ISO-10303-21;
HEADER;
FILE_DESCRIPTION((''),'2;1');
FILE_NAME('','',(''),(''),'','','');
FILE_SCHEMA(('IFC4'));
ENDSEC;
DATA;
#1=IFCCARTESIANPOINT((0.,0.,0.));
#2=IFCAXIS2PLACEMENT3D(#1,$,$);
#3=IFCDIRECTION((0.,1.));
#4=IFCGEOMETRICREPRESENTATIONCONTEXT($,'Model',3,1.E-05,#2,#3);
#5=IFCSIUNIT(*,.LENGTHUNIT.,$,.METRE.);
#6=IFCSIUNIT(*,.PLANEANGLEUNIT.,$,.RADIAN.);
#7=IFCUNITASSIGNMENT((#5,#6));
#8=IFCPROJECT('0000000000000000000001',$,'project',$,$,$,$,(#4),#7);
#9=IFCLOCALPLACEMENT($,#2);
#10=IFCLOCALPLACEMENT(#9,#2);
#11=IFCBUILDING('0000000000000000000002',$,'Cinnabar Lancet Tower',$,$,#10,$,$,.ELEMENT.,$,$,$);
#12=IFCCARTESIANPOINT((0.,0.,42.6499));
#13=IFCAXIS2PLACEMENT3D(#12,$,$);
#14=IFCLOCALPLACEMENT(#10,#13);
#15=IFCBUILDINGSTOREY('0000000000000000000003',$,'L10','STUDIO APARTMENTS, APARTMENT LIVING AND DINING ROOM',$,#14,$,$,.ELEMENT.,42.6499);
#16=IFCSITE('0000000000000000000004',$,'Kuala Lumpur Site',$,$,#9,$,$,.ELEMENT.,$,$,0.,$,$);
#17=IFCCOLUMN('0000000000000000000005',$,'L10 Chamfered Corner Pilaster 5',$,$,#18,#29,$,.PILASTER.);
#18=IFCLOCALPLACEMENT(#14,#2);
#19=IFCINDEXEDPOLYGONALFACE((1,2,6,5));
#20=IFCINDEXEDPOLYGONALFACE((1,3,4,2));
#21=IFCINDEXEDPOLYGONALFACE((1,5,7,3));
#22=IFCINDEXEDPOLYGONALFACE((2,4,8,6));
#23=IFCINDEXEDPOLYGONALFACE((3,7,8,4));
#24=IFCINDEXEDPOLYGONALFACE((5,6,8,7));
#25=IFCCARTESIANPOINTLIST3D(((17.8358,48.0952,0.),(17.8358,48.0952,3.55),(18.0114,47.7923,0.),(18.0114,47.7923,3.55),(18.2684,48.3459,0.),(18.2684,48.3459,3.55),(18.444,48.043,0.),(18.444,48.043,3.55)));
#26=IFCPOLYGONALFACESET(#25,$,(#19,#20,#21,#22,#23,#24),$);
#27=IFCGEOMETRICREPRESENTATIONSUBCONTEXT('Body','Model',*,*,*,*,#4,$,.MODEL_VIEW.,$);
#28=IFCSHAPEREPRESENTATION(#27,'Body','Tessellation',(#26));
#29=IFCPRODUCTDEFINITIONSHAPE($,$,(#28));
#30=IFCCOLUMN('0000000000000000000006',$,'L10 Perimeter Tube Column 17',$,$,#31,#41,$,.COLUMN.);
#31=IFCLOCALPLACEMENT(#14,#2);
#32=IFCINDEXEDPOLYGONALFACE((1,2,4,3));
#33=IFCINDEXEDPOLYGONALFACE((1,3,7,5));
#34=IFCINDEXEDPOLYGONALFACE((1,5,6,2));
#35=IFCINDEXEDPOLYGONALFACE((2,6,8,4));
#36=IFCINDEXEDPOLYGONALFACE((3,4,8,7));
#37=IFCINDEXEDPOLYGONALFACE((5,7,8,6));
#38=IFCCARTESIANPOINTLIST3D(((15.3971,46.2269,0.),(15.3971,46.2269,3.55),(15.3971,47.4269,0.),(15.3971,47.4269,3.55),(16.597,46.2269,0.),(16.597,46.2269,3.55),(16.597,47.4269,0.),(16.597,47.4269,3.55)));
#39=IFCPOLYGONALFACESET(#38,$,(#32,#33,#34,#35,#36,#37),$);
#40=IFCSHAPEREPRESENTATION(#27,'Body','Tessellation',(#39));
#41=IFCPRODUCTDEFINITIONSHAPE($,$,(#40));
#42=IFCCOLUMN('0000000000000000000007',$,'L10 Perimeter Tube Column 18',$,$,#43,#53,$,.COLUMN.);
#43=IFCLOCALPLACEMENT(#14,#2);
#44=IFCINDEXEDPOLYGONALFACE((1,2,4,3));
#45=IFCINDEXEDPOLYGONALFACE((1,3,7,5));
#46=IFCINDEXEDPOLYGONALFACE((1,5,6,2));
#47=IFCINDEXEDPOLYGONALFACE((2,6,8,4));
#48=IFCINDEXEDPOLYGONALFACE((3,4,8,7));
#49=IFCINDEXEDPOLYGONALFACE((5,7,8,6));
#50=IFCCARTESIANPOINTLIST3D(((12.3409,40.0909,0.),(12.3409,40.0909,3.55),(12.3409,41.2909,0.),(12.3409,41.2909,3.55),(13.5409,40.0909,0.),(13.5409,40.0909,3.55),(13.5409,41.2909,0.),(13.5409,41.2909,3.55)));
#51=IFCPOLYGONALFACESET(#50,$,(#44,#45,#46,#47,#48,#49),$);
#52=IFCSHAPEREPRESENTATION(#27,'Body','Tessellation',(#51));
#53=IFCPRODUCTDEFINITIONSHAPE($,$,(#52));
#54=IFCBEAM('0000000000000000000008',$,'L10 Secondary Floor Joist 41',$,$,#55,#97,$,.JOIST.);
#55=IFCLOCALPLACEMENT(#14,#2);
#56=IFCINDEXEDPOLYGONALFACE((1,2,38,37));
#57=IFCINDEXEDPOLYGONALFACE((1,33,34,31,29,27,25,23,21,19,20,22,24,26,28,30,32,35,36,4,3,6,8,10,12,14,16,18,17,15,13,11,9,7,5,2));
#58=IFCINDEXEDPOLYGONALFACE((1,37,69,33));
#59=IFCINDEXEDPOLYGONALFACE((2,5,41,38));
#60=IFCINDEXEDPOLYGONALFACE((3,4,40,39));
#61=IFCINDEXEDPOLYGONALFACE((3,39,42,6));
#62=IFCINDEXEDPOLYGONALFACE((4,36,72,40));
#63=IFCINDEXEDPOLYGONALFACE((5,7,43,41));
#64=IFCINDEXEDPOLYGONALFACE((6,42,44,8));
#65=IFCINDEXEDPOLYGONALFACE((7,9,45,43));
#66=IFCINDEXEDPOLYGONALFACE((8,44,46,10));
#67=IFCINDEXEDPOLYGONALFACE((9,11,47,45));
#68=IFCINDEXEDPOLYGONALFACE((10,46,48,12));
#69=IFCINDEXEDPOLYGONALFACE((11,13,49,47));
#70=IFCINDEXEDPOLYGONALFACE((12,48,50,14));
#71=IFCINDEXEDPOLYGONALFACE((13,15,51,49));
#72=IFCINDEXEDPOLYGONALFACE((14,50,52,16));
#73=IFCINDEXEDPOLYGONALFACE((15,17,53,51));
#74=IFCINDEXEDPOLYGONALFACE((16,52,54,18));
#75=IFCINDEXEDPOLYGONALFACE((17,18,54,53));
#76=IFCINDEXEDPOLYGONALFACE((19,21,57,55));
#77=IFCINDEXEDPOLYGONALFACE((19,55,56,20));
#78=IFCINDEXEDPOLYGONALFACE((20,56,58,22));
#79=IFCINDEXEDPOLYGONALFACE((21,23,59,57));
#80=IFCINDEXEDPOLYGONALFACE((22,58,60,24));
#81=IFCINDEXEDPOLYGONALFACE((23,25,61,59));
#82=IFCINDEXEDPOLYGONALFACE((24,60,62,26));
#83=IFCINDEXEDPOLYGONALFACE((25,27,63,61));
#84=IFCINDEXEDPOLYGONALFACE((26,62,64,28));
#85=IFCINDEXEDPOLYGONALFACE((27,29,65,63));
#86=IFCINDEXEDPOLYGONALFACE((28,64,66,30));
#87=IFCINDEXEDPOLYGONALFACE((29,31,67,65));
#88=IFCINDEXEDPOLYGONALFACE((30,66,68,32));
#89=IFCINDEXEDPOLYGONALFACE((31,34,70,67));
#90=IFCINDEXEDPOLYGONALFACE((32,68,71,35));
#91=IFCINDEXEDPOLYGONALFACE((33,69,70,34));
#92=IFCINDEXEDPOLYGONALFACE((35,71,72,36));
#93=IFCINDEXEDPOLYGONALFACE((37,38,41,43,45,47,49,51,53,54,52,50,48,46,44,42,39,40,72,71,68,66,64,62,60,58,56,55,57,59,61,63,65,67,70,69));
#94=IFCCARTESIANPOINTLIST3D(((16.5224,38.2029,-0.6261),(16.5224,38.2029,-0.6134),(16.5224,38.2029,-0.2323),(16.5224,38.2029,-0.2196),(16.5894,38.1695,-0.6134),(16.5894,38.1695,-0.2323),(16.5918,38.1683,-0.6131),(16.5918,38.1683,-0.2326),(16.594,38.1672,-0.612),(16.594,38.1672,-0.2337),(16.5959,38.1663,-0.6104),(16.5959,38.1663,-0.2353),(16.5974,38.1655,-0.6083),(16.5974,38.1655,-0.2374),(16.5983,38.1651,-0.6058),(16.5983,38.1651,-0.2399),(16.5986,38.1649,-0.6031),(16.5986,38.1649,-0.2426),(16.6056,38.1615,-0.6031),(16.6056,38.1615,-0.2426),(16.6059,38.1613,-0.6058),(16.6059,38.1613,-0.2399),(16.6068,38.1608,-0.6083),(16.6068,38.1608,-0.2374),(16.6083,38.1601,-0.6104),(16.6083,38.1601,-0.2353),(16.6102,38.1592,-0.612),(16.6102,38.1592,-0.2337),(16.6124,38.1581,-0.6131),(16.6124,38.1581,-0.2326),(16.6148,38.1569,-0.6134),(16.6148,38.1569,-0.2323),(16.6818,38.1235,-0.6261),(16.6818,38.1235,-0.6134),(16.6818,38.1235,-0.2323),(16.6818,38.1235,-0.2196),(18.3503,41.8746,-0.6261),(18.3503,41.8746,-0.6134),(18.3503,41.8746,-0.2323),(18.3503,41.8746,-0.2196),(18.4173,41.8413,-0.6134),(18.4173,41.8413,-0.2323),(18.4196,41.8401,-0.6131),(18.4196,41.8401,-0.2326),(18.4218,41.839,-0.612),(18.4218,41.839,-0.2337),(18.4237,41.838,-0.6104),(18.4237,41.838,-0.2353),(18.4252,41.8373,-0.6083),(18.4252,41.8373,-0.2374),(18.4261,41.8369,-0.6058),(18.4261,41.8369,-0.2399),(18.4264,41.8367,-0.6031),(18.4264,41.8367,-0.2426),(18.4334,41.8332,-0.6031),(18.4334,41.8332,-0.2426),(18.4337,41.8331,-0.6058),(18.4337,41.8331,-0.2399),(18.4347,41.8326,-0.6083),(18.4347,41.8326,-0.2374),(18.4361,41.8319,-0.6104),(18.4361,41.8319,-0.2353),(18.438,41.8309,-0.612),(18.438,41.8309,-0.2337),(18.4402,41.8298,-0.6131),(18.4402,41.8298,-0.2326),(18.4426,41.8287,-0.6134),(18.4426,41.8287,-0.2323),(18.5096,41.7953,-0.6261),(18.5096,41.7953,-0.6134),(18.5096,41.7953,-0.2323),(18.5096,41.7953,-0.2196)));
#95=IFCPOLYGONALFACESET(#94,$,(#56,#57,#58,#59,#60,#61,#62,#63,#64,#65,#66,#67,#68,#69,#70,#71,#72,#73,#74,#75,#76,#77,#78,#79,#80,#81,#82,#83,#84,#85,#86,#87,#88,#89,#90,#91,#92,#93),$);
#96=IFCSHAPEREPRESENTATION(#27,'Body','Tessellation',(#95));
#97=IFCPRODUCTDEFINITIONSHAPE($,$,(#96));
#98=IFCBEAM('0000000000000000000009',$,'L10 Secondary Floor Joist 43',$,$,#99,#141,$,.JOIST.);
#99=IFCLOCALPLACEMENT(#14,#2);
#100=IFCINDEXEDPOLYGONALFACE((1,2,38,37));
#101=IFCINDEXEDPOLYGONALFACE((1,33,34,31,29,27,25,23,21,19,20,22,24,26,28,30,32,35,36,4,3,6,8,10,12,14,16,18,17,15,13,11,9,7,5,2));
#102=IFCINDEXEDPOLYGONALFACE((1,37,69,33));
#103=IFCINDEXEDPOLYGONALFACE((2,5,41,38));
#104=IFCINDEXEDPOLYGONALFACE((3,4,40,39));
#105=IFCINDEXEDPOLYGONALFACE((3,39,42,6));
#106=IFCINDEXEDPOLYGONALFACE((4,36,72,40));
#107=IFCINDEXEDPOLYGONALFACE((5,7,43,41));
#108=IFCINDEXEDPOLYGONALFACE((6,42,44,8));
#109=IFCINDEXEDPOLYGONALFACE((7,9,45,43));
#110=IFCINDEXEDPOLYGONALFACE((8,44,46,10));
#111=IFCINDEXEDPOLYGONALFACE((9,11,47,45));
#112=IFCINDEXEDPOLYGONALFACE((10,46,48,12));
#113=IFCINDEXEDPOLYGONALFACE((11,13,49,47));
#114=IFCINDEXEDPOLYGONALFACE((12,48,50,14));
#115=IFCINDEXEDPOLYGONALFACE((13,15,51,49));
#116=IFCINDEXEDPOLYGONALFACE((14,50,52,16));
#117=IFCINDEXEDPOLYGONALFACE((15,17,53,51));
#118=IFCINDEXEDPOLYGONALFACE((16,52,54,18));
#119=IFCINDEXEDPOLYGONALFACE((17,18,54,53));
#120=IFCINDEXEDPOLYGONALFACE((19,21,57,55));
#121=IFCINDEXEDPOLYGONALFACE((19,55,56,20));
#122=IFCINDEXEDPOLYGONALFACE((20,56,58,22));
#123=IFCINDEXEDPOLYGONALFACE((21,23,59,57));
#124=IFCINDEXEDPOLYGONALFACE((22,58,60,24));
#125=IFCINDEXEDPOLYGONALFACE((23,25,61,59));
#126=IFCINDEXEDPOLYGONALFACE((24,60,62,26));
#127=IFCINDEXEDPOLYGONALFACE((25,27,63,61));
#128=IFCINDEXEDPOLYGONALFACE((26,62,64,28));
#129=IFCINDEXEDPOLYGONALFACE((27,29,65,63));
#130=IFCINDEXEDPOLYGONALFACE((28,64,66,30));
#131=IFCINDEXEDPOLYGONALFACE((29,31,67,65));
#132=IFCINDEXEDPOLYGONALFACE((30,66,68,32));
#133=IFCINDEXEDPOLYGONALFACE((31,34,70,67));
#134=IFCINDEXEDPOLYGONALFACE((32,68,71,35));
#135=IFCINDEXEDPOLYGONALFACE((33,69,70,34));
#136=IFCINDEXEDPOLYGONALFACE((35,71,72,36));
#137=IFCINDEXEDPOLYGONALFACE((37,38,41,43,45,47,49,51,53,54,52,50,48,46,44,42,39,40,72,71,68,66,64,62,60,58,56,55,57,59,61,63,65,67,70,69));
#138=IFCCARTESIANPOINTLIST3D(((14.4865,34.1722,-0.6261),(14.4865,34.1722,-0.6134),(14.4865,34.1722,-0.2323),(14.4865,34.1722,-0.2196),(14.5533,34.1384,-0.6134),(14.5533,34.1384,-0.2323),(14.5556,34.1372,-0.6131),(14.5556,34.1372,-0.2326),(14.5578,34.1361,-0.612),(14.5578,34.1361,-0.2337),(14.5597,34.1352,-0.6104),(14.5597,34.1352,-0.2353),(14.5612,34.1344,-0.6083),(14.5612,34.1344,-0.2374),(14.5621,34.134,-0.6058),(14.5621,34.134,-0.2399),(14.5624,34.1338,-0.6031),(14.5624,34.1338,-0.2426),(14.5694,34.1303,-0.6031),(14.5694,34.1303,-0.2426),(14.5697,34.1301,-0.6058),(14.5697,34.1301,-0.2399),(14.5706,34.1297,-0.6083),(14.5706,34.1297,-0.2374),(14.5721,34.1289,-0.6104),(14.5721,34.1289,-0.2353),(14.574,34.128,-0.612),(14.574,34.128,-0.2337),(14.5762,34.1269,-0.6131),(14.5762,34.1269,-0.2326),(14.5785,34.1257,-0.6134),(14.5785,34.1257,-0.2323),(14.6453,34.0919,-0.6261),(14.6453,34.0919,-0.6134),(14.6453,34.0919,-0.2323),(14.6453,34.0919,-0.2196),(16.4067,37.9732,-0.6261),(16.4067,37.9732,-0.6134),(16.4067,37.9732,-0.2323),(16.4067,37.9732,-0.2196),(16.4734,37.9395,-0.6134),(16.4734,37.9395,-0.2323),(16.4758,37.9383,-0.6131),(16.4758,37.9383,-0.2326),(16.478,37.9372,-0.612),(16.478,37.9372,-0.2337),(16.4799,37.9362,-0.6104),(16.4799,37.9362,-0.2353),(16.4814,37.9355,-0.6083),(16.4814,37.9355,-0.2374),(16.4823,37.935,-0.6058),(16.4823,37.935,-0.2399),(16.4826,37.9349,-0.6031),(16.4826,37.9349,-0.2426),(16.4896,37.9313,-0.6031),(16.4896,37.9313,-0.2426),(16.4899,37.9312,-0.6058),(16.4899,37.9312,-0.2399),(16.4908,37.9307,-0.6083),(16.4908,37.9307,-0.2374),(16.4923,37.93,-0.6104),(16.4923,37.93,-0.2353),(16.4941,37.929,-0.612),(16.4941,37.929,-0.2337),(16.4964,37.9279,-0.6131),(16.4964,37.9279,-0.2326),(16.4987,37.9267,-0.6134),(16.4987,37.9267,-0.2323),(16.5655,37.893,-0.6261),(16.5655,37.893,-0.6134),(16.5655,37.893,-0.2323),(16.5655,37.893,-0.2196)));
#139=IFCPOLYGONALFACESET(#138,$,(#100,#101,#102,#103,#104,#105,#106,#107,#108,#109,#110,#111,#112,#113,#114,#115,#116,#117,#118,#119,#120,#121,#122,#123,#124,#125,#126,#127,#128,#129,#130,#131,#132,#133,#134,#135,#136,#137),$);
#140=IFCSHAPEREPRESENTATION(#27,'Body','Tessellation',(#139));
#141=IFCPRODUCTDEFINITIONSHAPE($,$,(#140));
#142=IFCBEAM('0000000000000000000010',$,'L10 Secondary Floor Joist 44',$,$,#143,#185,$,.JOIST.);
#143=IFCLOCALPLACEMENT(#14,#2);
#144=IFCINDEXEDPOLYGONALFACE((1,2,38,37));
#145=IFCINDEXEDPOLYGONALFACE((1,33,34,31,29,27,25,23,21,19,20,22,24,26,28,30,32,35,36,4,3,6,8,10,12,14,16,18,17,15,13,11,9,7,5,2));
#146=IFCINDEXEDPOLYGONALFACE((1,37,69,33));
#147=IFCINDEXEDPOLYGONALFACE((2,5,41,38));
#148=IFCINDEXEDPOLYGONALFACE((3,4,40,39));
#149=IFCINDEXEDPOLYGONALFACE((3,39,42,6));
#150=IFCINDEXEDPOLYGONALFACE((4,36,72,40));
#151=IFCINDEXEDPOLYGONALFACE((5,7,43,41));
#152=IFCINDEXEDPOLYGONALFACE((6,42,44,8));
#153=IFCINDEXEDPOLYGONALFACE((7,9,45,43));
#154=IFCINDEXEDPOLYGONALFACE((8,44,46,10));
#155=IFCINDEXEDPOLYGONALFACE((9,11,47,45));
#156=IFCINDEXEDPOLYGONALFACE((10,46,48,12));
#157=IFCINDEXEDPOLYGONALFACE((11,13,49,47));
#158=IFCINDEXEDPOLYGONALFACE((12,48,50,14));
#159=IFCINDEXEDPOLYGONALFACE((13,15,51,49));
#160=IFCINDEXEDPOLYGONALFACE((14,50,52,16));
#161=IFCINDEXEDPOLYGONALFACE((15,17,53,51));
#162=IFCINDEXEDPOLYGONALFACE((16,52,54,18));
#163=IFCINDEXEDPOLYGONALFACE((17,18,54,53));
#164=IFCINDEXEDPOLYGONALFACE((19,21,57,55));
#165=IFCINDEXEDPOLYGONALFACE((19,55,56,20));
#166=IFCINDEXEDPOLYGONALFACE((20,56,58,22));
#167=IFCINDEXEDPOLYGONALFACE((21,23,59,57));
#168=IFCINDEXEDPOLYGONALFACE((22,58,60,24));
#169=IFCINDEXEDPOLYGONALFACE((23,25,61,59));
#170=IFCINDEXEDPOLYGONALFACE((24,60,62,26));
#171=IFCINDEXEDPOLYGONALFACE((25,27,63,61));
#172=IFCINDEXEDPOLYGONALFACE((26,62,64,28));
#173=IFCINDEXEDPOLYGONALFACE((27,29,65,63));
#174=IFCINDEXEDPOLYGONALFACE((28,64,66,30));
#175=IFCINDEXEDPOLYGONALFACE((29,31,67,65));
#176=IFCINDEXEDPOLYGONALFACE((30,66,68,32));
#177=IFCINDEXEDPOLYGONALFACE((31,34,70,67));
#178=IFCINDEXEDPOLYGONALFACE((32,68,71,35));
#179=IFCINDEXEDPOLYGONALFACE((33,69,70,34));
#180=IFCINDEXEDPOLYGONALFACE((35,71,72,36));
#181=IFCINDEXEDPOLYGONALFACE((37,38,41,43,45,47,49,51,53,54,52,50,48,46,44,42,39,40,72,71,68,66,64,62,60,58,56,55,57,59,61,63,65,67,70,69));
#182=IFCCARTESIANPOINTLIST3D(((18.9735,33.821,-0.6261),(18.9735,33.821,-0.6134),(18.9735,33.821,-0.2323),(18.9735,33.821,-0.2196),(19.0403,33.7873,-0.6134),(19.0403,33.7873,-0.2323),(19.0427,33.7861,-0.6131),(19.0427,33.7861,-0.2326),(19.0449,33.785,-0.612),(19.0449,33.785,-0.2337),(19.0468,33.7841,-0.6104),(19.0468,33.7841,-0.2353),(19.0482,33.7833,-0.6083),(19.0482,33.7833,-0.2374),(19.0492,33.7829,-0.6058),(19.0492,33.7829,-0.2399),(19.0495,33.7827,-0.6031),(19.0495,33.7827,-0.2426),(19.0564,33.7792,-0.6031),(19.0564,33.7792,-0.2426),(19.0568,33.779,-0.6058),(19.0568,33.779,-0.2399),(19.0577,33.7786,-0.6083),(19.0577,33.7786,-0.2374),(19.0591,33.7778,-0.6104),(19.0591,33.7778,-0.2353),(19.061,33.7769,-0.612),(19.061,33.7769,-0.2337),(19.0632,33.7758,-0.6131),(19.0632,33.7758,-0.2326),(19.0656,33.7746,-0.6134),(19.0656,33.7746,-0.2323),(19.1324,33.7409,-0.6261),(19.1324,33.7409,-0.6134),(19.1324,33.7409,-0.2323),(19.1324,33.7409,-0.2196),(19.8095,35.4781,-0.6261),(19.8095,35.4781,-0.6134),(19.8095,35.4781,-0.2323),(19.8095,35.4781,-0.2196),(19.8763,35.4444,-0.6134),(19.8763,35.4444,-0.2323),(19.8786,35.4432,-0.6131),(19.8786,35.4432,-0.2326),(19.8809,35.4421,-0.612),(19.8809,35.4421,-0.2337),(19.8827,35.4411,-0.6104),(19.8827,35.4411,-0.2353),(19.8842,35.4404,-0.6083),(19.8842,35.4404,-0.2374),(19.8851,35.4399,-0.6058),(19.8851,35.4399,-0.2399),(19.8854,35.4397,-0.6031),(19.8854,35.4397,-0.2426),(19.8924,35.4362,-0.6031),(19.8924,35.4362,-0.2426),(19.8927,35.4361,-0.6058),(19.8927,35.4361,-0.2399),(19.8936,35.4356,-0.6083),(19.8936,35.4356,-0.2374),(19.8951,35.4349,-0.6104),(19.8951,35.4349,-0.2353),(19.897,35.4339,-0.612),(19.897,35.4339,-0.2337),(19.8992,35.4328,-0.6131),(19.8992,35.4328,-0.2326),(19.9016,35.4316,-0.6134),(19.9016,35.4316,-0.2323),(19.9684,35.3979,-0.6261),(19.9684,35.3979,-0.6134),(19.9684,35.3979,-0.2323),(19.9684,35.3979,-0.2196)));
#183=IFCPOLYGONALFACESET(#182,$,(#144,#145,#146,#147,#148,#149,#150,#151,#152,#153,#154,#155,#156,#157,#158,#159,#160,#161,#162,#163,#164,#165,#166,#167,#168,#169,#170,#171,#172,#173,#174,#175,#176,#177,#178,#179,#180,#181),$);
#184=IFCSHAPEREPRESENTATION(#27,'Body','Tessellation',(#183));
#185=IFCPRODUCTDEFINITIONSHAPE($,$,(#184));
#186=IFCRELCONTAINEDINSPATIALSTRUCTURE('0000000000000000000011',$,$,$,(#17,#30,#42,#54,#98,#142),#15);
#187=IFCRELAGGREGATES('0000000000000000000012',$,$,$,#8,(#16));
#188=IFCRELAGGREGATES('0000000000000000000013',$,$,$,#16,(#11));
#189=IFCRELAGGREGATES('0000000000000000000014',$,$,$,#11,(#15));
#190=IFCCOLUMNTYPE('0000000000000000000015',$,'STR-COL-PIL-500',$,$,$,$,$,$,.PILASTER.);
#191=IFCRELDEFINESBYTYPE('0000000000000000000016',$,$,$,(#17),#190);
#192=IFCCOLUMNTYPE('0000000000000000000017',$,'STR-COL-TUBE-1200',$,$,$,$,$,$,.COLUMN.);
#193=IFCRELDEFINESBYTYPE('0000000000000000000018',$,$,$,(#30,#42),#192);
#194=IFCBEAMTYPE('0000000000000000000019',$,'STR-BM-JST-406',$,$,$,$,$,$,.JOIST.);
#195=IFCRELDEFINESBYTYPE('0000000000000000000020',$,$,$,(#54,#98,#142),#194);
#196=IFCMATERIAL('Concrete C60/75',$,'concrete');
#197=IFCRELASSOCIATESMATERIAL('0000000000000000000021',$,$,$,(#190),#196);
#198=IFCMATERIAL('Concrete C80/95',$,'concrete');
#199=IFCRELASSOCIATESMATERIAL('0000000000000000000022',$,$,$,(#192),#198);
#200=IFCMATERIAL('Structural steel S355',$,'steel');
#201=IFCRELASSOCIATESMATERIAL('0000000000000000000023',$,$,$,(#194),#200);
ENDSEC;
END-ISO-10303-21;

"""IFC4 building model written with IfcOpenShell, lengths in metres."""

from ifc_helpers import new_model, si_unit, direction, frame, origin, origin_2d, place, context, subcontext, project, spatial, rectangle, i_section, extrude, material, material_profile, profile_set, type_object, element, save


model = new_model("IFC4")

# Units and contexts
model_context = context("Model", 3, precision=1e-05, world=origin(), true_north=direction((0.0, 1.0)))
body_context = subcontext(model_context, "Body", "Model", "MODEL_VIEW")
ifc_project = project(units=[si_unit("LENGTHUNIT", "METRE"), si_unit("PLANEANGLEUNIT", "RADIAN")], contexts=[model_context])

# Site, building, storey
site_placement = place(None, origin())
site = spatial("IfcSite", under=ifc_project, at=site_placement, Name="Kuala Lumpur Site", CompositionType="ELEMENT", RefElevation=0.0)
building_placement = place(site_placement, origin())
building = spatial("IfcBuilding", under=site, at=building_placement, Name="Cinnabar Lancet Tower", CompositionType="ELEMENT")
storey_placement = place(building_placement, frame((0.0, 0.0, 42.6499)))
storey = spatial("IfcBuildingStorey", under=building, at=storey_placement, Name="L10", Description="STUDIO APARTMENTS, APARTMENT LIVING AND DINING ROOM", CompositionType="ELEMENT", Elevation=42.6499)

# Columns
ifc_material_1 = material(Name="Concrete C60/75", Category="concrete")
ifc_material_profile_1 = material_profile(ifc_material_1, rectangle(XDim=0.5, YDim=0.3501, at=origin_2d()), Name="RC-PIL 500x350")
ifc_profile_set_1 = profile_set([ifc_material_profile_1], Name="Concrete C60/75")
column_type_1 = type_object("IfcColumnType", Name="STR-COL-PIL-500", PredefinedType="PILASTER", material=ifc_profile_set_1)
column_placement = place(storey_placement, frame((18.1399, 48.0691, 0.0), z_axis=(0.0, 0.0, 1.0), x_axis=(-0.865195, -0.501435, 0.0)))
element("IfcColumn", 1, at=column_placement, inside=storey, type_object=column_type_1, Name="L10 Chamfered Corner Pilaster 5", PredefinedType="PILASTER", context=body_context, shape_type="SweptSolid", body=[
    extrude(rectangle(XDim=0.5, YDim=0.3501, at=origin_2d()), origin(), (0.0, 0.0, 1.0), 3.55),
])
ifc_material_2 = material(Name="Concrete C80/95", Category="concrete")
ifc_material_profile_2 = material_profile(ifc_material_2, rectangle(XDim=1.2, YDim=1.2, at=origin_2d()), Name="RC-COL 1200x1200")
ifc_profile_set_2 = profile_set([ifc_material_profile_2], Name="Concrete C80/95")
column_type_2 = type_object("IfcColumnType", Name="STR-COL-TUBE-1200", PredefinedType="COLUMN", material=ifc_profile_set_2)
for number, where, z_axis, x_axis, name in (
    (2, (15.9971, 46.8269, 0.0), (0.0, 0.0, 1.0), (1.0, 0.0, 0.0), "L10 Perimeter Tube Column 17"),
    (3, (12.9409, 40.6909, 0.0), (0.0, 0.0, 1.0), (1.0, 0.0, 0.0), "L10 Perimeter Tube Column 18"),
):
    element("IfcColumn", number, at=place(storey_placement, frame(where, z_axis=z_axis, x_axis=x_axis)), inside=storey, type_object=column_type_2, Name=name, PredefinedType="COLUMN", context=body_context, shape_type="SweptSolid", body=[
        extrude(rectangle(XDim=1.2, YDim=1.2, at=origin_2d()), origin(), (0.0, 0.0, 1.0), 3.55),
    ])

# Beams
ifc_material_3 = material(Name="Structural steel S355", Category="steel")
ifc_material_profile_3 = material_profile(ifc_material_3, i_section(OverallWidth=0.178, OverallDepth=0.4065, WebThickness=0.0078, FlangeThickness=0.0127, FilletRadius=0.0103, at=origin_2d()), Name="UKB 406x178x60")
ifc_profile_set_3 = profile_set([ifc_material_profile_3], Name="Structural steel S355")
beam_type_1 = type_object("IfcBeamType", Name="STR-BM-JST-406", PredefinedType="JOIST", material=ifc_profile_set_3)
beam_1_placement = place(storey_placement, frame((18.4299, 41.835, -0.4229), z_axis=(-0.445642, -0.895212, 0.0), x_axis=(0.895212, -0.445642, 0.0)))
element("IfcBeam", 4, at=beam_1_placement, inside=storey, type_object=beam_type_1, Name="L10 Secondary Floor Joist 41", PredefinedType="JOIST", context=body_context, shape_type="SweptSolid", body=[
    extrude(i_section(OverallWidth=0.178, OverallDepth=0.4065, WebThickness=0.0078, FlangeThickness=0.0127, FilletRadius=0.0103, at=origin_2d()), origin(), (0.0, 0.0, 1.0), 4.1016),
])
beam_2_placement = place(storey_placement, frame((16.4861, 37.9331, -0.4229), z_axis=(-0.450902, -0.892574, 0.0), x_axis=(0.892574, -0.450902, 0.0)))
element("IfcBeam", 5, at=beam_2_placement, inside=storey, type_object=beam_type_1, Name="L10 Secondary Floor Joist 43", PredefinedType="JOIST", context=body_context, shape_type="SweptSolid", body=[
    extrude(i_section(OverallWidth=0.178, OverallDepth=0.4065, WebThickness=0.0078, FlangeThickness=0.0127, FilletRadius=0.0103, at=origin_2d()), origin(), (0.0, 0.0, 1.0), 4.2585),
])
beam_3_placement = place(storey_placement, frame((19.8889, 35.438, -0.4229), z_axis=(-0.45042, -0.892817, 0.0), x_axis=(0.892817, -0.45042, 0.0)))
element("IfcBeam", 6, at=beam_3_placement, inside=storey, type_object=beam_type_1, Name="L10 Secondary Floor Joist 44", PredefinedType="JOIST", context=body_context, shape_type="SweptSolid", body=[
    extrude(i_section(OverallWidth=0.178, OverallDepth=0.4065, WebThickness=0.0078, FlangeThickness=0.0127, FilletRadius=0.0103, at=origin_2d()), origin(), (0.0, 0.0, 1.0), 1.856),
])

save(model, "model.ifc")
